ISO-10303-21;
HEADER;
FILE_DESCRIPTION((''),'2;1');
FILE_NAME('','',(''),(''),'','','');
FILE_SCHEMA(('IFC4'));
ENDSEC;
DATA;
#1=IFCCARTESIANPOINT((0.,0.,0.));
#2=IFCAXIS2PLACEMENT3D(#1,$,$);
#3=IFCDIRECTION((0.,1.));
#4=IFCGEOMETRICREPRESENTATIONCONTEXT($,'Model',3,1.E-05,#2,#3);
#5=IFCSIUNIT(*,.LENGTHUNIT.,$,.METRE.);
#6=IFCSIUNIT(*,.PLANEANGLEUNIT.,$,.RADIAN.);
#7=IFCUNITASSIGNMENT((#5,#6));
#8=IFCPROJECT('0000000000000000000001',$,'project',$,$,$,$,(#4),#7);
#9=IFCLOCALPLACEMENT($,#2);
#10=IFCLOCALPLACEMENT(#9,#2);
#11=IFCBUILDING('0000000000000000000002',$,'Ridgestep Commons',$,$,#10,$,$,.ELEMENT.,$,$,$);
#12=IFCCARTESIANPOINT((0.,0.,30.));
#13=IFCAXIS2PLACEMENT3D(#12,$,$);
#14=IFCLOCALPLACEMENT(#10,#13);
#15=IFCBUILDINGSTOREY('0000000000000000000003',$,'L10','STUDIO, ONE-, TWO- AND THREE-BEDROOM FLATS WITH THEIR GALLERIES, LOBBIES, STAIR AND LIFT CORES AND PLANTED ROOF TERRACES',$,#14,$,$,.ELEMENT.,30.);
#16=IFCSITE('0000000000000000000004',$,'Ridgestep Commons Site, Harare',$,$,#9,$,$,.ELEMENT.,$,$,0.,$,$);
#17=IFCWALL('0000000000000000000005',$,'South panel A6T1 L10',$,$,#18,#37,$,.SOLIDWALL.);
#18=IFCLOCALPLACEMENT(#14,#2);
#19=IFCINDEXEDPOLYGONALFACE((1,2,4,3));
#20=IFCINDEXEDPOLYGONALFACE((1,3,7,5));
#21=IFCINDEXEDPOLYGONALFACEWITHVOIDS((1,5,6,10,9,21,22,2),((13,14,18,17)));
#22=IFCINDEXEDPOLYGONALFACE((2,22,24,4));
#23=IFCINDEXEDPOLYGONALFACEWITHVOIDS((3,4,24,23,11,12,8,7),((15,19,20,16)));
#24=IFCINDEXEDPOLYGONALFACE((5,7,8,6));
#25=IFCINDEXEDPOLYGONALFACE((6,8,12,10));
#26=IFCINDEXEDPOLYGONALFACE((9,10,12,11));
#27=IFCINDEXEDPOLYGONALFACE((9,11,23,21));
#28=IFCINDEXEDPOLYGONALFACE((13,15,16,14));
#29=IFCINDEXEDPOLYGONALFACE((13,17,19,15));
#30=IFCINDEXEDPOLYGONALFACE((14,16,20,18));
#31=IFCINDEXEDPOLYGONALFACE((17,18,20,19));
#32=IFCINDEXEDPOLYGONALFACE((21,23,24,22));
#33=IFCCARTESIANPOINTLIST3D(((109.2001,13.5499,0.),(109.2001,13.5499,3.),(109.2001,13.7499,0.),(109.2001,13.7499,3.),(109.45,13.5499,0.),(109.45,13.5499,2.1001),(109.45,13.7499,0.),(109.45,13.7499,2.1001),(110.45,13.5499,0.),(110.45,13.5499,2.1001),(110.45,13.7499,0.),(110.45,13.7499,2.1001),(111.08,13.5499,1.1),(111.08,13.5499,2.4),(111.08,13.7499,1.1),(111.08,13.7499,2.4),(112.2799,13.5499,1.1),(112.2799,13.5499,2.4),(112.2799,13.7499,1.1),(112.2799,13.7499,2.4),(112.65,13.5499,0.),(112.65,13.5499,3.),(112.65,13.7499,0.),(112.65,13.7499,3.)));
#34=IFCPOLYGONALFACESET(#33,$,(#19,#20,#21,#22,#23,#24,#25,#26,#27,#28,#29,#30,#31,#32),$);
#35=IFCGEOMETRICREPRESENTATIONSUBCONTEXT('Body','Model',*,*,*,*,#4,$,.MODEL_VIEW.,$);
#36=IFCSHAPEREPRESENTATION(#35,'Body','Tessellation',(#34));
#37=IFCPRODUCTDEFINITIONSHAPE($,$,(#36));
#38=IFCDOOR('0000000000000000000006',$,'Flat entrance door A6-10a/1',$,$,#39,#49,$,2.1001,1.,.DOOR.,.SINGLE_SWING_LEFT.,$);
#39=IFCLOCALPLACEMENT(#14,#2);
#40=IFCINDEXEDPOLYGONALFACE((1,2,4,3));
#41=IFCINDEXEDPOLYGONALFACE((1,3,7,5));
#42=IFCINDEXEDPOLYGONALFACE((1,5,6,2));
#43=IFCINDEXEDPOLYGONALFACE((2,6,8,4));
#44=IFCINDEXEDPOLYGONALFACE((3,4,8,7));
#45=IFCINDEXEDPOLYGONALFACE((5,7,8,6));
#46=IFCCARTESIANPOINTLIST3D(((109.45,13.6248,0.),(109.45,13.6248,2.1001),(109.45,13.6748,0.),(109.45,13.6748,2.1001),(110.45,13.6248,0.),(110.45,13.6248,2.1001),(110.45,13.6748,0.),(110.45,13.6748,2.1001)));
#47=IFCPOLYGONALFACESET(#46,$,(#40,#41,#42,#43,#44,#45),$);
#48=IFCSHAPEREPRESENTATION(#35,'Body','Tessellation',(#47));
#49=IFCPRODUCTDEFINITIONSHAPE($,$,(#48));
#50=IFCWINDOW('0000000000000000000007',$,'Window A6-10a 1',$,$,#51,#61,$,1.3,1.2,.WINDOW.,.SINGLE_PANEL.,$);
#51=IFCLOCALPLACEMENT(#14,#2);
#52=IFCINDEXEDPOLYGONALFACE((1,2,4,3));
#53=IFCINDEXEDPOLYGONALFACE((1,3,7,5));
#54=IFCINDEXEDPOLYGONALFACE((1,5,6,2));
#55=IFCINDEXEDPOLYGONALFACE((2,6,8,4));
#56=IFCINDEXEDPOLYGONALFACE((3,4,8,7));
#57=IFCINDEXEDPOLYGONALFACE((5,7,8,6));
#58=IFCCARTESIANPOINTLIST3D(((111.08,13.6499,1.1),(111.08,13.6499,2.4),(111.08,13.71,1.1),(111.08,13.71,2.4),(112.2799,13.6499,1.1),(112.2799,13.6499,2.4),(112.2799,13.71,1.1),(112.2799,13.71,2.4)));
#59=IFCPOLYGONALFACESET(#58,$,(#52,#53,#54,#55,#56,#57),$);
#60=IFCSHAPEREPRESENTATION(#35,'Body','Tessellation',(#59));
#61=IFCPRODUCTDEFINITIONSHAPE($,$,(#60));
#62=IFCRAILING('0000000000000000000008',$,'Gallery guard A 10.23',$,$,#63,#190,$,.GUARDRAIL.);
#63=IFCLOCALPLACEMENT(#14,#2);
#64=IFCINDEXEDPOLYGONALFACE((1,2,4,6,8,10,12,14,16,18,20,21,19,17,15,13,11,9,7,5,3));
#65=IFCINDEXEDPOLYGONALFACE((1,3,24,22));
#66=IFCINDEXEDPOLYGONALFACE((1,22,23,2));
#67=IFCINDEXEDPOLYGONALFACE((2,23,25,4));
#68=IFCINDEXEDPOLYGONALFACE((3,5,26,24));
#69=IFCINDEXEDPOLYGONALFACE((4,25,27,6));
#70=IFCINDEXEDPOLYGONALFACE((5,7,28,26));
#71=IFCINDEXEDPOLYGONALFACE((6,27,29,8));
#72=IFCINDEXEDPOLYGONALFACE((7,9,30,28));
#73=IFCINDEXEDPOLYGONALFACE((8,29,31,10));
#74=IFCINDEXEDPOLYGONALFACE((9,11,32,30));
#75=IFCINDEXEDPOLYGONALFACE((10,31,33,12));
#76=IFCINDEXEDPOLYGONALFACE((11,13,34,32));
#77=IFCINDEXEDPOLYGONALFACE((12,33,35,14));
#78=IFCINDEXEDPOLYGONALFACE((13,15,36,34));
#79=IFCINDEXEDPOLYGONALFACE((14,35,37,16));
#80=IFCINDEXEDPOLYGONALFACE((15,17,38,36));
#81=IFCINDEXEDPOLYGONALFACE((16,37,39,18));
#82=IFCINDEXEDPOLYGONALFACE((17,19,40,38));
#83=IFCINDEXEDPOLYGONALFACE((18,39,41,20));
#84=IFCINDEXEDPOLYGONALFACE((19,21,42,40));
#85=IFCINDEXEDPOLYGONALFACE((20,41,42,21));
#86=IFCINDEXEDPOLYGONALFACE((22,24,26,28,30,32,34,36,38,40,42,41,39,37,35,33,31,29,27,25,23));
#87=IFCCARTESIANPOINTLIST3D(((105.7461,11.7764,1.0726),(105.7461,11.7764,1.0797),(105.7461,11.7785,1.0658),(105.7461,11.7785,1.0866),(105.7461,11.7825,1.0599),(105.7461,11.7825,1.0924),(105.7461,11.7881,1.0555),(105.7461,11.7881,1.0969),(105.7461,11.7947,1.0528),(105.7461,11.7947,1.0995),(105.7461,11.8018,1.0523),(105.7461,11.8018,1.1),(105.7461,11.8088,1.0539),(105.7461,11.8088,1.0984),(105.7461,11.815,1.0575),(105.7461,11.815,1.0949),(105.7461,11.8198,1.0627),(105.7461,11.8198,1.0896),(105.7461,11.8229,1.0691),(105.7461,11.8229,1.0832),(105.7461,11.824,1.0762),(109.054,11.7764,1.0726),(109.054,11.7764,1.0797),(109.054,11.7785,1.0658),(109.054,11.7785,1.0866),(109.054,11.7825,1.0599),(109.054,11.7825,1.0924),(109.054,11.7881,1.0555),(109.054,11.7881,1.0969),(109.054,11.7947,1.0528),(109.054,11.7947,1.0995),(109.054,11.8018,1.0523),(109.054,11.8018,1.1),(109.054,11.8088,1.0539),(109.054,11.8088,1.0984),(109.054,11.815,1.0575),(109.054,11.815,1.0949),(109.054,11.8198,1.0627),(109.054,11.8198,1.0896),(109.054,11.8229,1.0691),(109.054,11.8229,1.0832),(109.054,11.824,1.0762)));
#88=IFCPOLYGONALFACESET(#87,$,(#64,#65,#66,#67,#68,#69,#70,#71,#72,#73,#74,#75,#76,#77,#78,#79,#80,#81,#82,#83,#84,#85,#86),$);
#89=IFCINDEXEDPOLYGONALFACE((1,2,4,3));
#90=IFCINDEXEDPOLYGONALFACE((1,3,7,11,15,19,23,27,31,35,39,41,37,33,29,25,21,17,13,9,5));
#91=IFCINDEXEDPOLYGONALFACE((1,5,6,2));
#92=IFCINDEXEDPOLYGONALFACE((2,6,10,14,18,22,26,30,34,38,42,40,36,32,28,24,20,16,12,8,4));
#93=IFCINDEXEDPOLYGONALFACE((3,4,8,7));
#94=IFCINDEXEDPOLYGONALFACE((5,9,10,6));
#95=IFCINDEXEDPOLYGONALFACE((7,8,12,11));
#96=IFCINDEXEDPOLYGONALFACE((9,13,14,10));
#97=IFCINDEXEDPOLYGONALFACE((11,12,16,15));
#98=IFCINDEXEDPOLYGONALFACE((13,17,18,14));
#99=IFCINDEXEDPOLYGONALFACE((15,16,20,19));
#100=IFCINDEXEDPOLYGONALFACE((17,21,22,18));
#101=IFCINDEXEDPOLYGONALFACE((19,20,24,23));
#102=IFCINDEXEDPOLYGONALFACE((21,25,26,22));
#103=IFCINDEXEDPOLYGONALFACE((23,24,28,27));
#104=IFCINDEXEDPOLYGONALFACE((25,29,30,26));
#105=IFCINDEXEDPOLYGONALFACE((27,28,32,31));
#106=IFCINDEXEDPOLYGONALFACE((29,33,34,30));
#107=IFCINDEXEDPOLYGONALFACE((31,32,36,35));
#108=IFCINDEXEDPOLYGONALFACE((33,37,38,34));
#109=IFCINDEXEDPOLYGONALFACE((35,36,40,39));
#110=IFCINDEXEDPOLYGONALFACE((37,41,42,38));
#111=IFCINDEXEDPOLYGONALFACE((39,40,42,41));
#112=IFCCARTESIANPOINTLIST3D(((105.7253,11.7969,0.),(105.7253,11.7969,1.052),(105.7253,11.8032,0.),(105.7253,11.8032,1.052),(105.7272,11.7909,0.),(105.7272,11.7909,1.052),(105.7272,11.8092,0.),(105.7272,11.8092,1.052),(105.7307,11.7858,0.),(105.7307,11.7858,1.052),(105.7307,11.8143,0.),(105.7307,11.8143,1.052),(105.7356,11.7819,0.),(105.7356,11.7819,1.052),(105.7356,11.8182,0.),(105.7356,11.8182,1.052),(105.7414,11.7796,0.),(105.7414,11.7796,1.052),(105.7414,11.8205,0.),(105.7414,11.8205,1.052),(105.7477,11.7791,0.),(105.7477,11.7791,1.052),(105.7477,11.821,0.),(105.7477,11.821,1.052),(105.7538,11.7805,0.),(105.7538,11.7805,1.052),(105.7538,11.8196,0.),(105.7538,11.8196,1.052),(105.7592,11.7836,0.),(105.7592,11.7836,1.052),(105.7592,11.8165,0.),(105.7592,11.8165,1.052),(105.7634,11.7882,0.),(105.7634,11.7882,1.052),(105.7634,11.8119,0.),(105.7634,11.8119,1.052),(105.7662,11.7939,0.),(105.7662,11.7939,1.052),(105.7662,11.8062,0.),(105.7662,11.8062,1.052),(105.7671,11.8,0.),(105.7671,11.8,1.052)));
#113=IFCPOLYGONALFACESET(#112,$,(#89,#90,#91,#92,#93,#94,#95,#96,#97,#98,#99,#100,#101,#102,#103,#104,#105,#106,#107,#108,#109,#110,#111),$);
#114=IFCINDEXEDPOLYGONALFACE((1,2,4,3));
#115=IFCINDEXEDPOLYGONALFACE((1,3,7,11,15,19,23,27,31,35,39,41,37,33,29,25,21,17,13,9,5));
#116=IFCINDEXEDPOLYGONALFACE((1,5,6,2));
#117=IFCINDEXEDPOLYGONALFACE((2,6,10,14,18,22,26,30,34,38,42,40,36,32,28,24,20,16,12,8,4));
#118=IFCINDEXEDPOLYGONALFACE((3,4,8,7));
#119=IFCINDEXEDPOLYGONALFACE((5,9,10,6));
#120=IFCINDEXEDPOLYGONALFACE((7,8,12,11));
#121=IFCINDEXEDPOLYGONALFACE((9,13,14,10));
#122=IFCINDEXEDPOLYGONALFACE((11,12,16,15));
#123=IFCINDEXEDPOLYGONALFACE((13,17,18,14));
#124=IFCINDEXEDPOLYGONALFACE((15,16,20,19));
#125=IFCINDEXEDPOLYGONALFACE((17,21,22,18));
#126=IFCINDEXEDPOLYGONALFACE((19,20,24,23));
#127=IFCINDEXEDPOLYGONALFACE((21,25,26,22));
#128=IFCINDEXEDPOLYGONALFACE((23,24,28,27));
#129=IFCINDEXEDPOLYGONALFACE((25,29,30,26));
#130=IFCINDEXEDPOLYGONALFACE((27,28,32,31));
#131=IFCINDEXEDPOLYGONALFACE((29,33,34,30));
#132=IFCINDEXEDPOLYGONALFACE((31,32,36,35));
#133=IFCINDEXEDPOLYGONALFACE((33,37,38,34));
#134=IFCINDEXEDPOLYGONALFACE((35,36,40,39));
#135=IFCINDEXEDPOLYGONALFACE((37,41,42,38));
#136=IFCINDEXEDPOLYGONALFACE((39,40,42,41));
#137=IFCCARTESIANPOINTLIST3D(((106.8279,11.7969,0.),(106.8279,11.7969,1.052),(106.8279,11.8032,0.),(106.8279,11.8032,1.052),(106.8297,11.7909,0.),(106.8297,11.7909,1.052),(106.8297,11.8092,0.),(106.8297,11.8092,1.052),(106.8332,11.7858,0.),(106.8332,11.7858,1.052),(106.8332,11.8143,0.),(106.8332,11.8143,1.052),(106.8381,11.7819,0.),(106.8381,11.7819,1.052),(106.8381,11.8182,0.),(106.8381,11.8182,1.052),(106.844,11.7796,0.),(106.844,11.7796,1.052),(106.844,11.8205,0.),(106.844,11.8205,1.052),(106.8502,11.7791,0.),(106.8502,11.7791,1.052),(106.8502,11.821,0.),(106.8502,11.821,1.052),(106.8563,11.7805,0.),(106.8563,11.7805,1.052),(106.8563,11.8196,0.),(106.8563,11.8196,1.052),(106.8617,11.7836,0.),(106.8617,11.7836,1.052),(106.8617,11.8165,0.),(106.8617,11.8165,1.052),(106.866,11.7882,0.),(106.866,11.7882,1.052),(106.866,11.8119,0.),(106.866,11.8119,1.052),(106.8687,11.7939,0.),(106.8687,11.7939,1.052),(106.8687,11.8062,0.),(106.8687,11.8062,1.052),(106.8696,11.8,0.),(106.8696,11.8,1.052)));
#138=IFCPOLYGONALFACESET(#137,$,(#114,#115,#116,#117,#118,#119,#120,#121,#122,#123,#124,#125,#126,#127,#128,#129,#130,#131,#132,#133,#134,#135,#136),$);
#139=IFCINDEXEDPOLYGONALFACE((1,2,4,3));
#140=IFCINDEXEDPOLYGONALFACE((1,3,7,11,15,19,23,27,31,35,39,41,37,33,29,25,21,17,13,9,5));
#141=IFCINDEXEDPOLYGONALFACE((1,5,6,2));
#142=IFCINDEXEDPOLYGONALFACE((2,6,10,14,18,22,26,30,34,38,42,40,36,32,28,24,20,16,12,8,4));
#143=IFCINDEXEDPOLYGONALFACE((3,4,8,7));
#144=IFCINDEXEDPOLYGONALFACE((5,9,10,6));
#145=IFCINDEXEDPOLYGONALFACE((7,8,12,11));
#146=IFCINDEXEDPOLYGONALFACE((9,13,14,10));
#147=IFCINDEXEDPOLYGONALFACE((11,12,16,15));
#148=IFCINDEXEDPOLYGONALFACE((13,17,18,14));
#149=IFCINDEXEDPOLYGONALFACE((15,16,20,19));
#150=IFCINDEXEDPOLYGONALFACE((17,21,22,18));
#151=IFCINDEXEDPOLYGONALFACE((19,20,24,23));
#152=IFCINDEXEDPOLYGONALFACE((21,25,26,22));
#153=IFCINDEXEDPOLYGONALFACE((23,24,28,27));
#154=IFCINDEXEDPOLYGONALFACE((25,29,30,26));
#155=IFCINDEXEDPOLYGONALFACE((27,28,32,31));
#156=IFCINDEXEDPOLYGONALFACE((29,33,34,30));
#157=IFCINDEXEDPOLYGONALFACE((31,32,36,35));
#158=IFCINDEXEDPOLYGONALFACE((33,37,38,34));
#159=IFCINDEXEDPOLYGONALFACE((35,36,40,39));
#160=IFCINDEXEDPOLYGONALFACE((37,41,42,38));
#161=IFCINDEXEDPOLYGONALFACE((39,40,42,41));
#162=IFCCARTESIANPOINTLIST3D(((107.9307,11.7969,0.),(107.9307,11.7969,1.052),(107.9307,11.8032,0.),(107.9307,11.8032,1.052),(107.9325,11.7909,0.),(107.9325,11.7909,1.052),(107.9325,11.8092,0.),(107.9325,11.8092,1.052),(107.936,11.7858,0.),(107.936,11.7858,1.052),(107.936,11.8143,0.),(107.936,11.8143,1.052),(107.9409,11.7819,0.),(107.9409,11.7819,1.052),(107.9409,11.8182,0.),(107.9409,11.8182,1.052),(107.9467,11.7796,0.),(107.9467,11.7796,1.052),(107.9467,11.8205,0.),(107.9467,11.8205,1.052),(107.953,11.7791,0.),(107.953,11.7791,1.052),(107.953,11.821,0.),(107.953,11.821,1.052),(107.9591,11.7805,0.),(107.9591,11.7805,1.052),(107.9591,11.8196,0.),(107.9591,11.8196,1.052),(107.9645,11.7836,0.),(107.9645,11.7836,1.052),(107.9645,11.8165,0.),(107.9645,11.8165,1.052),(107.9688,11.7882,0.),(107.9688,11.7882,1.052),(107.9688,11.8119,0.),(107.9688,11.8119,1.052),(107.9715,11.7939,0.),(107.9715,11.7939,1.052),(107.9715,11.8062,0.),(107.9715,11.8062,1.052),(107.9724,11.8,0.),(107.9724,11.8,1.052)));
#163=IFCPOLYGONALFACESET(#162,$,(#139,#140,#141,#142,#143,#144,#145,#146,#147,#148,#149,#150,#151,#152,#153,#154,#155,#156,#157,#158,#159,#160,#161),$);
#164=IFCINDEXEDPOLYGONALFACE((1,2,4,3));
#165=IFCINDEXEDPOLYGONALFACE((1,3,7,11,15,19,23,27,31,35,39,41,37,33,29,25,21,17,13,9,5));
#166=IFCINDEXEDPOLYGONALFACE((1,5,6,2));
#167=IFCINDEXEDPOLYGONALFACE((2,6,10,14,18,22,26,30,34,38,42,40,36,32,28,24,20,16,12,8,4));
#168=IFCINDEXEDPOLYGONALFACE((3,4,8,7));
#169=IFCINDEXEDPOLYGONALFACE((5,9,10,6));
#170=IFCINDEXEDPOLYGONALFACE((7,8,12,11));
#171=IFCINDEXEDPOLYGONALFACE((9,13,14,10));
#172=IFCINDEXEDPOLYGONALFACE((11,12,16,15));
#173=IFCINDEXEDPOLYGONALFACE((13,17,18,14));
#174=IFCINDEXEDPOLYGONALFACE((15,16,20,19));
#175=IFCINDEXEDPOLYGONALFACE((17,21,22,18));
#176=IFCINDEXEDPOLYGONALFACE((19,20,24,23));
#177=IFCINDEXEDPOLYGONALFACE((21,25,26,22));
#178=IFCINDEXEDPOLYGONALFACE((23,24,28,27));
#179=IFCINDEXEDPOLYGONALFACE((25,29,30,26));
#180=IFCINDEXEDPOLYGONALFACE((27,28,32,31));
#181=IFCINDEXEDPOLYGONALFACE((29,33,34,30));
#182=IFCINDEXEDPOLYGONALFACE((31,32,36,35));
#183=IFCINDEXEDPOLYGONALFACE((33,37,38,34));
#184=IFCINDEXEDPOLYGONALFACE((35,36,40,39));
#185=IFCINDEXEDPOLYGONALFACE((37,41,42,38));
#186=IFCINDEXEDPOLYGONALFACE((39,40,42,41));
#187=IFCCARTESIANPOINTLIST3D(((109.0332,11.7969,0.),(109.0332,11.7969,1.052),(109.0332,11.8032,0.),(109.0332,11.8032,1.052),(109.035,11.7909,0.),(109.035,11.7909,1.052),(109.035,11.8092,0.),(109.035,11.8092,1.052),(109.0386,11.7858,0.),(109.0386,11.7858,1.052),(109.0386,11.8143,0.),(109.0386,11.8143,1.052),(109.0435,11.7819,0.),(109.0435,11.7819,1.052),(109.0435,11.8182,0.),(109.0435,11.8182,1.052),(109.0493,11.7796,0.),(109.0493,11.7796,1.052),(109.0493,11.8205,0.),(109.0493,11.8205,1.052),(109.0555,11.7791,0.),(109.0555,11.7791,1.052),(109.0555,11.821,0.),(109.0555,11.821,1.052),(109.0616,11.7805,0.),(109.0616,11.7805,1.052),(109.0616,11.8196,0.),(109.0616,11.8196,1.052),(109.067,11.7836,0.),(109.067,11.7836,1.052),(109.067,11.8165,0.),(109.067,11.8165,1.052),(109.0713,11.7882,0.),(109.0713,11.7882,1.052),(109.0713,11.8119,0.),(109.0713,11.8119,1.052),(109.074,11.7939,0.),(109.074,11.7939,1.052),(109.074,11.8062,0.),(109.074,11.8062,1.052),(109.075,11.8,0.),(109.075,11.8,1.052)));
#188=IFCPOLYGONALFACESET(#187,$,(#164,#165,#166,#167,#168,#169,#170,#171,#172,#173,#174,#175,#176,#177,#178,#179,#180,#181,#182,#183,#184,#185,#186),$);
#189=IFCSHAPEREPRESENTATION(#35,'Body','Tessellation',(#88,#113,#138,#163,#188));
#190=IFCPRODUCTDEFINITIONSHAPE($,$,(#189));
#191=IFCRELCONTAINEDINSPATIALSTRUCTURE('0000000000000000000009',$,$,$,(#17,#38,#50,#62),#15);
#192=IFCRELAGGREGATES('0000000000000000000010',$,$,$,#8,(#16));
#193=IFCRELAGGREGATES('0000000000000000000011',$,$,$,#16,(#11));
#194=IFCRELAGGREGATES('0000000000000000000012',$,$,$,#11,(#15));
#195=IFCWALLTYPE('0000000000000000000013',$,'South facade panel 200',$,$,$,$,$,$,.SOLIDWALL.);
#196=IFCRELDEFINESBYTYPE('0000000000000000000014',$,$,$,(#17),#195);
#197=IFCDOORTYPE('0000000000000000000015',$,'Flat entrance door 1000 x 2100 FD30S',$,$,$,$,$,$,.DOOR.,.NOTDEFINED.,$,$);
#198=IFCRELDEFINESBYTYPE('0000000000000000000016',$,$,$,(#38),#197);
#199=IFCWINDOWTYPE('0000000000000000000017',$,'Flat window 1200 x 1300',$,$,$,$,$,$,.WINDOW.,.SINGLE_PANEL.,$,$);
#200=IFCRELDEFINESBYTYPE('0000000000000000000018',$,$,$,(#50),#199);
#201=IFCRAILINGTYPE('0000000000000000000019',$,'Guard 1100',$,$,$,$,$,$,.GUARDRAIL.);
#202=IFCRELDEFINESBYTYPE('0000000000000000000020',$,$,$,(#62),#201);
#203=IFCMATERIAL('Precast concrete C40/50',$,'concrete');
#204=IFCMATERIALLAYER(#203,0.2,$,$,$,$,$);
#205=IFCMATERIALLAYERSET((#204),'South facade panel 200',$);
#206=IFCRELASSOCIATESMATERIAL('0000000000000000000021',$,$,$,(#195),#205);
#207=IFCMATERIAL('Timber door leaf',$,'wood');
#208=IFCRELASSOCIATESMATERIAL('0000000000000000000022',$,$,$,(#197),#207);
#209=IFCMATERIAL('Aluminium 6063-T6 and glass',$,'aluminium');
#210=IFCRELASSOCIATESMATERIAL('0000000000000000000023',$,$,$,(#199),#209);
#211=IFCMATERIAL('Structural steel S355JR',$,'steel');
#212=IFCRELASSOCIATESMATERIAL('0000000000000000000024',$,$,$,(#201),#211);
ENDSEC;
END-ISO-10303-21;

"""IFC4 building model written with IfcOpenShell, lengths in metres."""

from ifc_helpers import new_model, si_unit, direction, frame, frame_2d, origin, origin_2d, place, context, subcontext, project, spatial, rectangle, circle, extrude, material, layer, layer_set, type_object, element, fill, save


model = new_model("IFC4")

# Units and contexts
model_context = context("Model", 3, precision=1e-05, world=origin(), true_north=direction((0.0, 1.0)))
body_context = subcontext(model_context, "Body", "Model", "MODEL_VIEW")
ifc_project = project(units=[si_unit("LENGTHUNIT", "METRE"), si_unit("PLANEANGLEUNIT", "RADIAN")], contexts=[model_context])

# Site, building, storey
site_placement = place(None, origin())
site = spatial("IfcSite", under=ifc_project, at=site_placement, Name="Ridgestep Commons Site, Harare", CompositionType="ELEMENT", RefElevation=0.0)
building_placement = place(site_placement, origin())
building = spatial("IfcBuilding", under=site, at=building_placement, Name="Ridgestep Commons", CompositionType="ELEMENT")
storey_placement = place(building_placement, frame((0.0, 0.0, 30.0)))
storey = spatial("IfcBuildingStorey", under=building, at=storey_placement, Name="L10", Description="STUDIO, ONE-, TWO- AND THREE-BEDROOM FLATS WITH THEIR GALLERIES, LOBBIES, STAIR AND LIFT CORES AND PLANTED ROOF TERRACES", CompositionType="ELEMENT", Elevation=30.0)

# Wall, openings, door, window
ifc_material_1 = material(Name="Precast concrete C40/50", Category="concrete")
ifc_layer_1 = layer(ifc_material_1, 0.2)
ifc_layer_set_1 = layer_set([ifc_layer_1], Name="South facade panel 200")
wall_type_1 = type_object("IfcWallType", Name="South facade panel 200", PredefinedType="SOLIDWALL", material=ifc_layer_set_1)
wall_1_placement = place(storey_placement, frame((109.2, 13.6499, 0.0), z_axis=(0.0, 0.0, 1.0), x_axis=(1.0, 0.0, 0.0)))
wall_1 = element("IfcWall", 1, at=wall_1_placement, inside=storey, type_object=wall_type_1, Name="South panel A6T1 L10", PredefinedType="SOLIDWALL", context=body_context, shape_type="SweptSolid", body=[
    extrude(rectangle(XDim=3.45, YDim=0.2, at=frame_2d((1.7251, 0.0))), origin(), (0.0, 0.0, 1.0), 3.0),
])
opening_1_placement = place(wall_1_placement, frame((1.8799, 0.0, 1.1001)))
opening_1 = element("IfcOpeningElement", 2, at=opening_1_placement, cuts=wall_1, PredefinedType="OPENING", context=body_context, shape_type="SweptSolid", body=[
    extrude(rectangle(XDim=1.2, YDim=1.3, at=frame_2d((0.6001, 0.6499))), frame((0.0, 0.1099, 0.0), z_axis=(0.0, -1.0, 0.0), x_axis=(1.0, 0.0, 0.0)), (0.0, 0.0, 1.0), 0.22),
])
opening_2_placement = place(wall_1_placement, frame((0.25, 0.0, 0.0)))
opening_2 = element("IfcOpeningElement", 3, at=opening_2_placement, cuts=wall_1, PredefinedType="OPENING", context=body_context, shape_type="SweptSolid", body=[
    extrude(rectangle(XDim=1.0, YDim=2.1001, at=frame_2d((0.5, 1.05))), frame((0.0, 0.1099, 0.0), z_axis=(0.0, -1.0, 0.0), x_axis=(1.0, 0.0, 0.0)), (0.0, 0.0, 1.0), 0.22),
])
ifc_material_2 = material(Name="Timber door leaf", Category="wood")
door_type_1 = type_object("IfcDoorType", Name="Flat entrance door 1000 x 2100 FD30S", OperationType="NOTDEFINED", PredefinedType="DOOR", material=ifc_material_2)
door_1_placement = place(opening_2_placement, origin())
door_1 = element("IfcDoor", 4, at=door_1_placement, inside=storey, type_object=door_type_1, Name="Flat entrance door A6-10a/1", OperationType="SINGLE_SWING_LEFT", OverallHeight=2.1001, OverallWidth=1.0, PredefinedType="DOOR", context=body_context, shape_type="SweptSolid", body=[
    extrude(rectangle(XDim=1.0, YDim=2.1001, at=frame_2d((0.5, 1.05))), frame((0.0, 0.0249, 0.0), z_axis=(0.0, -1.0, 0.0), x_axis=(1.0, 0.0, 0.0)), (0.0, 0.0, 1.0), 0.05),
])
fill(opening_2, door_1)
ifc_material_3 = material(Name="Aluminium 6063-T6 and glass", Category="aluminium")
window_type = type_object("IfcWindowType", Name="Flat window 1200 x 1300", PartitioningType="SINGLE_PANEL", PredefinedType="WINDOW", material=ifc_material_3)
window_placement = place(opening_1_placement, origin())
window = element("IfcWindow", 5, at=window_placement, inside=storey, type_object=window_type, Name="Window A6-10a 1", OverallHeight=1.3, OverallWidth=1.2, PartitioningType="SINGLE_PANEL", PredefinedType="WINDOW", context=body_context, shape_type="SweptSolid", body=[
    extrude(rectangle(XDim=1.2, YDim=1.3, at=frame_2d((0.6001, 0.6499))), frame((0.0, 0.0601, 0.0), z_axis=(0.0, -1.0, 0.0), x_axis=(1.0, 0.0, 0.0)), (0.0, 0.0, 1.0), 0.0601),
])
fill(opening_1, window)

# Railing
ifc_material_4 = material(Name="Structural steel S355JR", Category="steel")
railing_type = type_object("IfcRailingType", Name="Guard 1100", PredefinedType="GUARDRAIL", material=ifc_material_4)
railing_placement = place(storey_placement, frame((105.7461, 11.8, 0.0)))
element("IfcRailing", 6, at=railing_placement, inside=storey, type_object=railing_type, Name="Gallery guard A 10.23", PredefinedType="GUARDRAIL", context=body_context, shape_type="SweptSolid", body=[
    extrude(circle(Radius=0.0239, at=origin_2d()), frame((0.0, 0.0, 1.0762), z_axis=(1.0, 0.0, 0.0), x_axis=(0.0, 1.0, 0.0)), (0.0, 0.0, 1.0), 3.3079),
    extrude(circle(Radius=0.021, at=origin_2d()), origin(), (0.0, 0.0, 1.0), 1.052),
    extrude(circle(Radius=0.021, at=origin_2d()), frame((1.1025, 0.0, 0.0)), (0.0, 0.0, 1.0), 1.052),
    extrude(circle(Radius=0.021, at=origin_2d()), frame((2.2053, 0.0, 0.0)), (0.0, 0.0, 1.0), 1.052),
    extrude(circle(Radius=0.021, at=origin_2d()), frame((3.3079, 0.0, 0.0)), (0.0, 0.0, 1.0), 1.052),
])

save(model, "model.ifc")
